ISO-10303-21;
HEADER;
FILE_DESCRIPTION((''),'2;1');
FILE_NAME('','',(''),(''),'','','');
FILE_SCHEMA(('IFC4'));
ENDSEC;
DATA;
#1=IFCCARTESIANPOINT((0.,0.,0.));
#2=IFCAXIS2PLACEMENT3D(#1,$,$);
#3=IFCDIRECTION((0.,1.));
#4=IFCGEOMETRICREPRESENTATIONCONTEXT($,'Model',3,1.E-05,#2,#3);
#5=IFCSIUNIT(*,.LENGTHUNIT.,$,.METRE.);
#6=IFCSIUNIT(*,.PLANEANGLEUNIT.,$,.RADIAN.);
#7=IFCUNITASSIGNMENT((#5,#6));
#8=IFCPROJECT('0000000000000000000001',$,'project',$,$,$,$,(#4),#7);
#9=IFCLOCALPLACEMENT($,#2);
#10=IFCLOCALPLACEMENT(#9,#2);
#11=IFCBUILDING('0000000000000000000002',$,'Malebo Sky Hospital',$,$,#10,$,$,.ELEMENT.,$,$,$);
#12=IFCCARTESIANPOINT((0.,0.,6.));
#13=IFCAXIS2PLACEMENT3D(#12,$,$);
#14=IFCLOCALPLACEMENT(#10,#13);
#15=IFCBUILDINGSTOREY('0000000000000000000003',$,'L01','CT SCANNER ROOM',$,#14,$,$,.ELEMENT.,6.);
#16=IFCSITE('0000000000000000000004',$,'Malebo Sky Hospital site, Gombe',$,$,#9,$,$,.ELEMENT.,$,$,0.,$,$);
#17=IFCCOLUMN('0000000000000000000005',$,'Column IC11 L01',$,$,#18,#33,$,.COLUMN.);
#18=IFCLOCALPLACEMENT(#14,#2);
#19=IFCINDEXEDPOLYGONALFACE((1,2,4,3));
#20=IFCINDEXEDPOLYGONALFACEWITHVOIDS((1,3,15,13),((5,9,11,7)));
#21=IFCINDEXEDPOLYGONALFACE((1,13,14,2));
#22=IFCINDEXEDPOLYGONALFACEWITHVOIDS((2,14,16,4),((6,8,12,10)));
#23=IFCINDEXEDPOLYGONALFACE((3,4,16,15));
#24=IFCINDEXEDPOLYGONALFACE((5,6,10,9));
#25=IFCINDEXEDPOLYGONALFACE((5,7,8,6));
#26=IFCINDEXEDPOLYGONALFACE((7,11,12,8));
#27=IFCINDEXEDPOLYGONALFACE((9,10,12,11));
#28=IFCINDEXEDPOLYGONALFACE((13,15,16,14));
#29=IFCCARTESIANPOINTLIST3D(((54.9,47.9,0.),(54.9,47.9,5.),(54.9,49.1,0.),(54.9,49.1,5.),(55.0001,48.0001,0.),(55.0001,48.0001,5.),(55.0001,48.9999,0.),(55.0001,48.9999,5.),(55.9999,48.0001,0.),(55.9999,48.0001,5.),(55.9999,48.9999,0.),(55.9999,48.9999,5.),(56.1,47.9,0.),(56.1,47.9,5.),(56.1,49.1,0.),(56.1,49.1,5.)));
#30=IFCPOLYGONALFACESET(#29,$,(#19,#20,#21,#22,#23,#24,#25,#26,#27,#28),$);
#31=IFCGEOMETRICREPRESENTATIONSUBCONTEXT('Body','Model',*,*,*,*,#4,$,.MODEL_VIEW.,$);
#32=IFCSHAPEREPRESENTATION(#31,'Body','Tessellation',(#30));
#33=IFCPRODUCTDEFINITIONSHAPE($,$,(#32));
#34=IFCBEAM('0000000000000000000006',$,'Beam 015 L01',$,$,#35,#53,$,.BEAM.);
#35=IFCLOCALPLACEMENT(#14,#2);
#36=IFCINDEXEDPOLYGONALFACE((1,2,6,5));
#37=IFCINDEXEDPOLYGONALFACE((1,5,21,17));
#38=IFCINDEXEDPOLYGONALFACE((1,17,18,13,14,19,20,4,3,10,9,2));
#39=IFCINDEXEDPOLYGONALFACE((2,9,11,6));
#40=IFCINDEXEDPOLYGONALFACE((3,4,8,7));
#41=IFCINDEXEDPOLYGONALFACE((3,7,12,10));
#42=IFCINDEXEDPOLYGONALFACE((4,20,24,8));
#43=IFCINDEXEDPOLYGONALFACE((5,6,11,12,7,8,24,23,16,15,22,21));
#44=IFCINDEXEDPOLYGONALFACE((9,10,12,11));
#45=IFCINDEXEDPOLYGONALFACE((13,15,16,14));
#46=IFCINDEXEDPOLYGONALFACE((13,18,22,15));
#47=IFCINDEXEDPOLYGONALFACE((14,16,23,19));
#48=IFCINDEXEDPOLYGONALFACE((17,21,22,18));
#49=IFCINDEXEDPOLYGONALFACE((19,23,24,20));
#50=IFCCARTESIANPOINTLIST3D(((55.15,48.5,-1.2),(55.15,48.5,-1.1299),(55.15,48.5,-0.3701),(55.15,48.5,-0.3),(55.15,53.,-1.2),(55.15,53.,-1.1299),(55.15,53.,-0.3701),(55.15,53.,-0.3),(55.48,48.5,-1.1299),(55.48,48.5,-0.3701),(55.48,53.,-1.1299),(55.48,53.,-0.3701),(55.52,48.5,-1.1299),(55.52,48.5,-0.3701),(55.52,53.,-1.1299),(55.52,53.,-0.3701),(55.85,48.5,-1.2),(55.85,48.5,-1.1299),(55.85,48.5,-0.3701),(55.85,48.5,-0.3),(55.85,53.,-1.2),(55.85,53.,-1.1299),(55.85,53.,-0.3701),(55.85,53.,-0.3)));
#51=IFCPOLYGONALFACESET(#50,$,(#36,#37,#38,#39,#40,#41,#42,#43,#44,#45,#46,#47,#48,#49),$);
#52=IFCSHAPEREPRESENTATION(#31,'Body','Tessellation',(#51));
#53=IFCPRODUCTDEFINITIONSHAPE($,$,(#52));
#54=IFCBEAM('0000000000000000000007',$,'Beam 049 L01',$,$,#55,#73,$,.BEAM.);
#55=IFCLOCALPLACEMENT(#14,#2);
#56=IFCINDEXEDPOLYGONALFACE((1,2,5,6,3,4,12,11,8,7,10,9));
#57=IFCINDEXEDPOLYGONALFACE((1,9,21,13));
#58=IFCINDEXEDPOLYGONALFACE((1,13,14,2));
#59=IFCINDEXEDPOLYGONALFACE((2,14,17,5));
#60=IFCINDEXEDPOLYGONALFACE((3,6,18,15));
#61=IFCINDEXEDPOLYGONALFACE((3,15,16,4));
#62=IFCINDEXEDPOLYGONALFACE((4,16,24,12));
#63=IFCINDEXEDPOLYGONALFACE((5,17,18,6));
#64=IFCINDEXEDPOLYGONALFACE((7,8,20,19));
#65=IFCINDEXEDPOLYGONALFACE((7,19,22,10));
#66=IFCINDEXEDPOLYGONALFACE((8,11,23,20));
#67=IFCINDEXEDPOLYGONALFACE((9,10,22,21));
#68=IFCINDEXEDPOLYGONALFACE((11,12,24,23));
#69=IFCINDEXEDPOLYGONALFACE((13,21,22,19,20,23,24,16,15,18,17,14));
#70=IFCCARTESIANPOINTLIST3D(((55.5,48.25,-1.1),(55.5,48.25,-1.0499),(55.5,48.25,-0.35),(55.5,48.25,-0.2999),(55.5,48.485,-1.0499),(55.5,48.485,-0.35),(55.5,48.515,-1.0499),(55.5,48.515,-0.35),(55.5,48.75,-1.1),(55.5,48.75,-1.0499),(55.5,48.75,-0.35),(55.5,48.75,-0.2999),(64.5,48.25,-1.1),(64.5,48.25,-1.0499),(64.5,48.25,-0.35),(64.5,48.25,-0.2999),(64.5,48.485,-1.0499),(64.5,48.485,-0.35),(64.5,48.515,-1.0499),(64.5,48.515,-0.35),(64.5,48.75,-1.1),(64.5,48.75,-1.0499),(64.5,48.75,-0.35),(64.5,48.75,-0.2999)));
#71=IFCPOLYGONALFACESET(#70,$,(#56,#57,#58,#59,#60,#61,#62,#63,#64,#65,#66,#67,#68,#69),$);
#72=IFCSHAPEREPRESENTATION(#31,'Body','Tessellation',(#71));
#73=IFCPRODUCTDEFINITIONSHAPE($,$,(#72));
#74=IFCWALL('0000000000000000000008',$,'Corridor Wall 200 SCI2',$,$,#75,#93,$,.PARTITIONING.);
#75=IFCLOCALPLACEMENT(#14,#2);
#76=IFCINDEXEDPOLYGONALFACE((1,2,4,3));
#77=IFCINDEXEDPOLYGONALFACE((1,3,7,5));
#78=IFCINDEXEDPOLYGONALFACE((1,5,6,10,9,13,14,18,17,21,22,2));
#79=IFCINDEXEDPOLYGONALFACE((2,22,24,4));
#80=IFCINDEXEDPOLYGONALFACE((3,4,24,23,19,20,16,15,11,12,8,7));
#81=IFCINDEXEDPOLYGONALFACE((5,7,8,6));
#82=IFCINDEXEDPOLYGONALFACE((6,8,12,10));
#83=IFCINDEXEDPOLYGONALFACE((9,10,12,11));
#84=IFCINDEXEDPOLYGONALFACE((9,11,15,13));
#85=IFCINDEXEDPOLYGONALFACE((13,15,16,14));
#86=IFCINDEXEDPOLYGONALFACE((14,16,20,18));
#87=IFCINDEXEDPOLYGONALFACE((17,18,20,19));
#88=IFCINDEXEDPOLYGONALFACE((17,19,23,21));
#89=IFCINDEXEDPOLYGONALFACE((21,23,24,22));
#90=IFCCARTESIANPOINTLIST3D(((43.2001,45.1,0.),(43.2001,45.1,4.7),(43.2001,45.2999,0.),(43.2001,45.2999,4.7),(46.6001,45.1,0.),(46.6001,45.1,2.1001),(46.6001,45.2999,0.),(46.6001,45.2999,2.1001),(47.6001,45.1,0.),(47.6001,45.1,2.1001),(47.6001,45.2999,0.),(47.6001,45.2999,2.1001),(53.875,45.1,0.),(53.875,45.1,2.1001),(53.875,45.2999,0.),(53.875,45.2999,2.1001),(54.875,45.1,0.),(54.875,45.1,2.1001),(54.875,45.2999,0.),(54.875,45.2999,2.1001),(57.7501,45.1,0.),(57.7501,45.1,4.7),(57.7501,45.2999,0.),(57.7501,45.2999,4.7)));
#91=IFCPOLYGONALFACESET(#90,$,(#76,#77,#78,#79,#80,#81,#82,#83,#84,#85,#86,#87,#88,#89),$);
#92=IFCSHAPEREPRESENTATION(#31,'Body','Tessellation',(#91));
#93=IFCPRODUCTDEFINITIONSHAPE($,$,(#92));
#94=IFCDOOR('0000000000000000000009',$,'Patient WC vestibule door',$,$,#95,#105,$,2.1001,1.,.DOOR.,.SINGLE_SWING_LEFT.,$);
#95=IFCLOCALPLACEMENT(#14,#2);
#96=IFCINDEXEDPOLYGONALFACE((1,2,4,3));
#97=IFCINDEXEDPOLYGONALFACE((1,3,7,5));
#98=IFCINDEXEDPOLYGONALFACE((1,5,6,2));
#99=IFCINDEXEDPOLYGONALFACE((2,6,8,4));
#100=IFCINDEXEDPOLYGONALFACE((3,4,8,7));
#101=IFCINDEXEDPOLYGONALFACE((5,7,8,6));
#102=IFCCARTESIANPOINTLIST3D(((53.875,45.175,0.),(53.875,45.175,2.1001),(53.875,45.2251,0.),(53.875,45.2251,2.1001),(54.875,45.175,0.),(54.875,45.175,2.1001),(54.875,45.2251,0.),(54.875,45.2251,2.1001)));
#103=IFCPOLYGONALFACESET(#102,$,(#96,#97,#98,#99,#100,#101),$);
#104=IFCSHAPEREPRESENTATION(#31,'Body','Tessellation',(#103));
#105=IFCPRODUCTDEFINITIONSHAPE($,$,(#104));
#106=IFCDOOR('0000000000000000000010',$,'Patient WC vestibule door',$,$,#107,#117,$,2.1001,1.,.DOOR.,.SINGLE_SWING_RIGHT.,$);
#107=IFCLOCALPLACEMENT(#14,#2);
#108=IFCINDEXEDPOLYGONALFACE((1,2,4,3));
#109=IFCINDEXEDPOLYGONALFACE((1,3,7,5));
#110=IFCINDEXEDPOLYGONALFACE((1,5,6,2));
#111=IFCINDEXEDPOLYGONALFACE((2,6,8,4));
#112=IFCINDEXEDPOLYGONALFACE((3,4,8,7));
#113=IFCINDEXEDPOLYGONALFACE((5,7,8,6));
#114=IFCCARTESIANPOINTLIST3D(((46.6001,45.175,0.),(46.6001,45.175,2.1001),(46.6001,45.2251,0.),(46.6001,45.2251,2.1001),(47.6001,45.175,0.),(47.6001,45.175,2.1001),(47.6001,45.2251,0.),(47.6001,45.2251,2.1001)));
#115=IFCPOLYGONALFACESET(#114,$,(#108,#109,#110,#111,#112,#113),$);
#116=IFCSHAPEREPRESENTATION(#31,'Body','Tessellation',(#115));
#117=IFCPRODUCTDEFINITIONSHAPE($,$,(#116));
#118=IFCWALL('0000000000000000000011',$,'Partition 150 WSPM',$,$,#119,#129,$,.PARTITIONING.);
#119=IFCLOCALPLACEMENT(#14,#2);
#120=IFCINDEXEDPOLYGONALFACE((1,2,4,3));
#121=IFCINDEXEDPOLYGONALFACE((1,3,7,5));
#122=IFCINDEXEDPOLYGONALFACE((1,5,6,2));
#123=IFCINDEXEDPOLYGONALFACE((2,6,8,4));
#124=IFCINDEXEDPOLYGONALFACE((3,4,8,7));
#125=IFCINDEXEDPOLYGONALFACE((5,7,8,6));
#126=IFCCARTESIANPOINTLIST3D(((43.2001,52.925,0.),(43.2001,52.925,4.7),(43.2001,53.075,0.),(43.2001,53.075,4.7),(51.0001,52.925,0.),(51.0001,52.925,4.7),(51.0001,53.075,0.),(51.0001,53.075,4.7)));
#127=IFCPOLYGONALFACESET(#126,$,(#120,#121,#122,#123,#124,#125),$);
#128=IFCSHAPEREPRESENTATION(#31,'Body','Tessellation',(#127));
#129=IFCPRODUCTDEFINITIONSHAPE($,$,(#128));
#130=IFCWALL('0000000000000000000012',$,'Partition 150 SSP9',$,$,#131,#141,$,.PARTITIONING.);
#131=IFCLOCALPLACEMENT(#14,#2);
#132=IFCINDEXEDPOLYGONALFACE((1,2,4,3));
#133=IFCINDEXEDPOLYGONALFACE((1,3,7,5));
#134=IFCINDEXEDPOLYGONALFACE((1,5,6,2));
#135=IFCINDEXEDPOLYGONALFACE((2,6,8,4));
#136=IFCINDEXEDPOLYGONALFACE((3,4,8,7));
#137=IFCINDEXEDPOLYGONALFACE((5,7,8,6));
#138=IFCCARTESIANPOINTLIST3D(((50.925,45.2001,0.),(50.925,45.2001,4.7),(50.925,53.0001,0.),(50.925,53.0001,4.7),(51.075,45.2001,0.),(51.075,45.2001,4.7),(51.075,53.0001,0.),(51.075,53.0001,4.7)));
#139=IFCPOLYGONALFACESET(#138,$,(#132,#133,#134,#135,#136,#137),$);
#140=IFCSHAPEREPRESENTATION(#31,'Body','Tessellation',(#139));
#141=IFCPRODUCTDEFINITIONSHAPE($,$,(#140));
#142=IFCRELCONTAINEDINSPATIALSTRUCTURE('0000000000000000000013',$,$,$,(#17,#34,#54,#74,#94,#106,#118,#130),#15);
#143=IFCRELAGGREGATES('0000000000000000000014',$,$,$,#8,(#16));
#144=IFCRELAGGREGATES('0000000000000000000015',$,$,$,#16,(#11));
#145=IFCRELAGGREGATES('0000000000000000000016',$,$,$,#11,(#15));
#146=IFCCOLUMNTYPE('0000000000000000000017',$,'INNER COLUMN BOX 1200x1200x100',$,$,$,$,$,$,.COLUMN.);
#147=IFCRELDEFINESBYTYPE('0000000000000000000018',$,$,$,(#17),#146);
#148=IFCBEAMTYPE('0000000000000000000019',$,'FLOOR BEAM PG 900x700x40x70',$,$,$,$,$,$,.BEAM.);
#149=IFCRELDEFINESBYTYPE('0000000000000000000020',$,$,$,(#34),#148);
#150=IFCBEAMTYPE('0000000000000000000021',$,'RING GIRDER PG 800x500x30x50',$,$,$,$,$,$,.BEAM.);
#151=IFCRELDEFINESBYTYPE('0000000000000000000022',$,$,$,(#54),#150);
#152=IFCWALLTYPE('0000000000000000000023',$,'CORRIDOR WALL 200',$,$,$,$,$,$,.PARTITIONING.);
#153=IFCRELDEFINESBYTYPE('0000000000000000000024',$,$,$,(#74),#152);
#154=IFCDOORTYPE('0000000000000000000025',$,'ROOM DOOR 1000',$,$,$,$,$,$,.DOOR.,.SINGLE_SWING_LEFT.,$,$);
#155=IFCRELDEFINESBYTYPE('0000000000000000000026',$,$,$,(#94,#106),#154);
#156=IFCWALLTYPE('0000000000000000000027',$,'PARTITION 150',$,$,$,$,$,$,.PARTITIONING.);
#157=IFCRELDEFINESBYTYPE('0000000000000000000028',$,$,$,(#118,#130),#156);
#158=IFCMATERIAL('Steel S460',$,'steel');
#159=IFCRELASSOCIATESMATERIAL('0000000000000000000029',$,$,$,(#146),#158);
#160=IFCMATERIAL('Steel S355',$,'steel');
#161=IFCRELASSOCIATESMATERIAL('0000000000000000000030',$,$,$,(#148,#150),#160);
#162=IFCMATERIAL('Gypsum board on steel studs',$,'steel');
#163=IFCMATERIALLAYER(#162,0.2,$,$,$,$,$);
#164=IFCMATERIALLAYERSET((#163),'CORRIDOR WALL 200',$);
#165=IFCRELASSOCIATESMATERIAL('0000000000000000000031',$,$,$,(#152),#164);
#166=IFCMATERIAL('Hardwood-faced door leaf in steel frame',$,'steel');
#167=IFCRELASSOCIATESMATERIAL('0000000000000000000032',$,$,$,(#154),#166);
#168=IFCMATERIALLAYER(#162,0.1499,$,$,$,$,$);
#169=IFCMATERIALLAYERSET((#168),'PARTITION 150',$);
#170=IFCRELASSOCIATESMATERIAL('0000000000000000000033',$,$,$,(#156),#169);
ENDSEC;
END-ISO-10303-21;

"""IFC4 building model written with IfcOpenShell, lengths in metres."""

from ifc_helpers import new_model, si_unit, direction, frame, frame_2d, origin, origin_2d, place, context, subcontext, project, spatial, rectangle, hollow_rectangle, i_section, extrude, material, layer, layer_set, material_profile, profile_set, type_object, element, fill, save


model = new_model("IFC4")

# Units and contexts
model_context = context("Model", 3, precision=1e-05, world=origin(), true_north=direction((0.0, 1.0)))
body_context = subcontext(model_context, "Body", "Model", "MODEL_VIEW")
ifc_project = project(units=[si_unit("LENGTHUNIT", "METRE"), si_unit("PLANEANGLEUNIT", "RADIAN")], contexts=[model_context])

# Site, building, storey
site_placement = place(None, origin())
site = spatial("IfcSite", under=ifc_project, at=site_placement, Name="Malebo Sky Hospital site, Gombe", CompositionType="ELEMENT", RefElevation=0.0)
building_placement = place(site_placement, origin())
building = spatial("IfcBuilding", under=site, at=building_placement, Name="Malebo Sky Hospital", CompositionType="ELEMENT")
storey_placement = place(building_placement, frame((0.0, 0.0, 6.0)))
storey = spatial("IfcBuildingStorey", under=building, at=storey_placement, Name="L01", Description="CT SCANNER ROOM", CompositionType="ELEMENT", Elevation=6.0)

# Column
ifc_material_1 = material(Name="Steel S460", Category="steel")
ifc_material_profile_1 = material_profile(ifc_material_1, hollow_rectangle(XDim=1.2, YDim=1.2, WallThickness=0.1001, at=origin_2d()), Name="BOX 1200x1200x100")
ifc_profile_set_1 = profile_set([ifc_material_profile_1], Name="Steel S460")
column_type = type_object("IfcColumnType", Name="INNER COLUMN BOX 1200x1200x100", PredefinedType="COLUMN", material=ifc_profile_set_1)
column_placement = place(storey_placement, frame((55.5, 48.5, 0.0), z_axis=(0.0, 0.0, 1.0), x_axis=(1.0, 0.0, 0.0)))
element("IfcColumn", 1, at=column_placement, inside=storey, type_object=column_type, Name="Column IC11 L01", PredefinedType="COLUMN", context=body_context, shape_type="SweptSolid", body=[
    extrude(hollow_rectangle(XDim=1.2, YDim=1.2, WallThickness=0.1001, at=origin_2d()), origin(), (0.0, 0.0, 1.0), 5.0),
])

# Beams
ifc_material_2 = material(Name="Steel S355", Category="steel")
ifc_material_profile_2 = material_profile(ifc_material_2, i_section(OverallWidth=0.7, OverallDepth=0.8999, WebThickness=0.04, FlangeThickness=0.0701, at=origin_2d()), Name="PG 900x700x40x70")
ifc_profile_set_2 = profile_set([ifc_material_profile_2], Name="Steel S355")
beam_type_1 = type_object("IfcBeamType", Name="FLOOR BEAM PG 900x700x40x70", PredefinedType="BEAM", material=ifc_profile_set_2)
beam_1_placement = place(storey_placement, frame((55.5, 48.5, -0.75), z_axis=(0.0, 1.0, 0.0), x_axis=(-1.0, 0.0, 0.0)))
element("IfcBeam", 2, at=beam_1_placement, inside=storey, type_object=beam_type_1, Name="Beam 015 L01", PredefinedType="BEAM", context=body_context, shape_type="SweptSolid", body=[
    extrude(i_section(OverallWidth=0.7, OverallDepth=0.8999, WebThickness=0.04, FlangeThickness=0.0701, at=origin_2d()), origin(), (0.0, 0.0, 1.0), 4.5),
])
ifc_material_profile_3 = material_profile(ifc_material_2, i_section(OverallWidth=0.5, OverallDepth=0.8, WebThickness=0.03, FlangeThickness=0.05, at=origin_2d()), Name="PG 800x500x30x50")
ifc_profile_set_3 = profile_set([ifc_material_profile_3], Name="Steel S355")
beam_type_2 = type_object("IfcBeamType", Name="RING GIRDER PG 800x500x30x50", PredefinedType="BEAM", material=ifc_profile_set_3)
beam_2_placement = place(storey_placement, frame((55.5, 48.5, -0.7), z_axis=(1.0, 0.0, 0.0), x_axis=(0.0, 1.0, 0.0)))
element("IfcBeam", 3, at=beam_2_placement, inside=storey, type_object=beam_type_2, Name="Beam 049 L01", PredefinedType="BEAM", context=body_context, shape_type="SweptSolid", body=[
    extrude(i_section(OverallWidth=0.5, OverallDepth=0.8, WebThickness=0.03, FlangeThickness=0.05, at=origin_2d()), origin(), (0.0, 0.0, 1.0), 9.0),
])

# Wall, openings, doors
ifc_material_3 = material(Name="Gypsum board on steel studs", Category="steel")
ifc_layer_1 = layer(ifc_material_3, 0.2)
ifc_layer_set_1 = layer_set([ifc_layer_1], Name="CORRIDOR WALL 200")
wall_type_1 = type_object("IfcWallType", Name="CORRIDOR WALL 200", PredefinedType="PARTITIONING", material=ifc_layer_set_1)
wall_1_placement = place(storey_placement, frame((57.75, 45.2, 0.0), z_axis=(0.0, 0.0, 1.0), x_axis=(-1.0, 0.0, 0.0)))
wall_1 = element("IfcWall", 4, at=wall_1_placement, inside=storey, type_object=wall_type_1, Name="Corridor Wall 200 SCI2", PredefinedType="PARTITIONING", context=body_context, shape_type="SweptSolid", body=[
    extrude(rectangle(XDim=14.55, YDim=0.2, at=frame_2d((7.2749, 0.0))), origin(), (0.0, 0.0, 1.0), 4.7),
])
opening_1_placement = place(wall_1_placement, frame((2.875, 0.0, 0.0)))
opening_1 = element("IfcOpeningElement", 5, at=opening_1_placement, cuts=wall_1, PredefinedType="OPENING", context=body_context, shape_type="SweptSolid", body=[
    extrude(rectangle(XDim=1.0, YDim=2.1001, at=frame_2d((0.5, 1.05))), frame((0.0, 0.1099, 0.0), z_axis=(0.0, -1.0, 0.0), x_axis=(1.0, 0.0, 0.0)), (0.0, 0.0, 1.0), 0.22),
])
opening_2_placement = place(wall_1_placement, frame((10.1499, 0.0, 0.0)))
opening_2 = element("IfcOpeningElement", 6, at=opening_2_placement, cuts=wall_1, PredefinedType="OPENING", context=body_context, shape_type="SweptSolid", body=[
    extrude(rectangle(XDim=1.0, YDim=2.1001, at=frame_2d((0.5, 1.05))), frame((0.0, 0.1099, 0.0), z_axis=(0.0, -1.0, 0.0), x_axis=(1.0, 0.0, 0.0)), (0.0, 0.0, 1.0), 0.22),
])
ifc_material_4 = material(Name="Hardwood-faced door leaf in steel frame", Category="steel")
door_type_1 = type_object("IfcDoorType", Name="ROOM DOOR 1000", OperationType="SINGLE_SWING_LEFT", PredefinedType="DOOR", material=ifc_material_4)
door_1_placement = place(opening_1_placement, origin())
door_1 = element("IfcDoor", 7, at=door_1_placement, inside=storey, type_object=door_type_1, Name="Patient WC vestibule door", OperationType="SINGLE_SWING_LEFT", OverallHeight=2.1001, OverallWidth=1.0, PredefinedType="DOOR", context=body_context, shape_type="SweptSolid", body=[
    extrude(rectangle(XDim=1.0, YDim=2.1001, at=frame_2d((0.5, 1.05))), frame((0.0, 0.0249, 0.0), z_axis=(0.0, -1.0, 0.0), x_axis=(1.0, 0.0, 0.0)), (0.0, 0.0, 1.0), 0.05),
])
fill(opening_1, door_1)
door_2_placement = place(opening_2_placement, origin())
door_2 = element("IfcDoor", 8, at=door_2_placement, inside=storey, type_object=door_type_1, Name="Patient WC vestibule door", OperationType="SINGLE_SWING_RIGHT", OverallHeight=2.1001, OverallWidth=1.0, PredefinedType="DOOR", context=body_context, shape_type="SweptSolid", body=[
    extrude(rectangle(XDim=1.0, YDim=2.1001, at=frame_2d((0.5, 1.05))), frame((0.0, 0.0249, 0.0), z_axis=(0.0, -1.0, 0.0), x_axis=(1.0, 0.0, 0.0)), (0.0, 0.0, 1.0), 0.05),
])
fill(opening_2, door_2)

# Walls
ifc_layer_2 = layer(ifc_material_3, 0.1499)
ifc_layer_set_2 = layer_set([ifc_layer_2], Name="PARTITION 150")
wall_type_2 = type_object("IfcWallType", Name="PARTITION 150", PredefinedType="PARTITIONING", material=ifc_layer_set_2)
for number, where, z_axis, x_axis, name in (
    (9, (51.0, 53.0, 0.0), (0.0, 0.0, 1.0), (-1.0, 0.0, 0.0), "Partition 150 WSPM"),
    (10, (51.0, 53.0, 0.0), (0.0, 0.0, 1.0), (0.0, -1.0, 0.0), "Partition 150 SSP9"),
):
    element("IfcWall", number, at=place(storey_placement, frame(where, z_axis=z_axis, x_axis=x_axis)), inside=storey, type_object=wall_type_2, Name=name, PredefinedType="PARTITIONING", context=body_context, shape_type="SweptSolid", body=[
        extrude(rectangle(XDim=7.8, YDim=0.1499, at=frame_2d((3.8999, 0.0))), origin(), (0.0, 0.0, 1.0), 4.7),
    ])

save(model, "model.ifc")
